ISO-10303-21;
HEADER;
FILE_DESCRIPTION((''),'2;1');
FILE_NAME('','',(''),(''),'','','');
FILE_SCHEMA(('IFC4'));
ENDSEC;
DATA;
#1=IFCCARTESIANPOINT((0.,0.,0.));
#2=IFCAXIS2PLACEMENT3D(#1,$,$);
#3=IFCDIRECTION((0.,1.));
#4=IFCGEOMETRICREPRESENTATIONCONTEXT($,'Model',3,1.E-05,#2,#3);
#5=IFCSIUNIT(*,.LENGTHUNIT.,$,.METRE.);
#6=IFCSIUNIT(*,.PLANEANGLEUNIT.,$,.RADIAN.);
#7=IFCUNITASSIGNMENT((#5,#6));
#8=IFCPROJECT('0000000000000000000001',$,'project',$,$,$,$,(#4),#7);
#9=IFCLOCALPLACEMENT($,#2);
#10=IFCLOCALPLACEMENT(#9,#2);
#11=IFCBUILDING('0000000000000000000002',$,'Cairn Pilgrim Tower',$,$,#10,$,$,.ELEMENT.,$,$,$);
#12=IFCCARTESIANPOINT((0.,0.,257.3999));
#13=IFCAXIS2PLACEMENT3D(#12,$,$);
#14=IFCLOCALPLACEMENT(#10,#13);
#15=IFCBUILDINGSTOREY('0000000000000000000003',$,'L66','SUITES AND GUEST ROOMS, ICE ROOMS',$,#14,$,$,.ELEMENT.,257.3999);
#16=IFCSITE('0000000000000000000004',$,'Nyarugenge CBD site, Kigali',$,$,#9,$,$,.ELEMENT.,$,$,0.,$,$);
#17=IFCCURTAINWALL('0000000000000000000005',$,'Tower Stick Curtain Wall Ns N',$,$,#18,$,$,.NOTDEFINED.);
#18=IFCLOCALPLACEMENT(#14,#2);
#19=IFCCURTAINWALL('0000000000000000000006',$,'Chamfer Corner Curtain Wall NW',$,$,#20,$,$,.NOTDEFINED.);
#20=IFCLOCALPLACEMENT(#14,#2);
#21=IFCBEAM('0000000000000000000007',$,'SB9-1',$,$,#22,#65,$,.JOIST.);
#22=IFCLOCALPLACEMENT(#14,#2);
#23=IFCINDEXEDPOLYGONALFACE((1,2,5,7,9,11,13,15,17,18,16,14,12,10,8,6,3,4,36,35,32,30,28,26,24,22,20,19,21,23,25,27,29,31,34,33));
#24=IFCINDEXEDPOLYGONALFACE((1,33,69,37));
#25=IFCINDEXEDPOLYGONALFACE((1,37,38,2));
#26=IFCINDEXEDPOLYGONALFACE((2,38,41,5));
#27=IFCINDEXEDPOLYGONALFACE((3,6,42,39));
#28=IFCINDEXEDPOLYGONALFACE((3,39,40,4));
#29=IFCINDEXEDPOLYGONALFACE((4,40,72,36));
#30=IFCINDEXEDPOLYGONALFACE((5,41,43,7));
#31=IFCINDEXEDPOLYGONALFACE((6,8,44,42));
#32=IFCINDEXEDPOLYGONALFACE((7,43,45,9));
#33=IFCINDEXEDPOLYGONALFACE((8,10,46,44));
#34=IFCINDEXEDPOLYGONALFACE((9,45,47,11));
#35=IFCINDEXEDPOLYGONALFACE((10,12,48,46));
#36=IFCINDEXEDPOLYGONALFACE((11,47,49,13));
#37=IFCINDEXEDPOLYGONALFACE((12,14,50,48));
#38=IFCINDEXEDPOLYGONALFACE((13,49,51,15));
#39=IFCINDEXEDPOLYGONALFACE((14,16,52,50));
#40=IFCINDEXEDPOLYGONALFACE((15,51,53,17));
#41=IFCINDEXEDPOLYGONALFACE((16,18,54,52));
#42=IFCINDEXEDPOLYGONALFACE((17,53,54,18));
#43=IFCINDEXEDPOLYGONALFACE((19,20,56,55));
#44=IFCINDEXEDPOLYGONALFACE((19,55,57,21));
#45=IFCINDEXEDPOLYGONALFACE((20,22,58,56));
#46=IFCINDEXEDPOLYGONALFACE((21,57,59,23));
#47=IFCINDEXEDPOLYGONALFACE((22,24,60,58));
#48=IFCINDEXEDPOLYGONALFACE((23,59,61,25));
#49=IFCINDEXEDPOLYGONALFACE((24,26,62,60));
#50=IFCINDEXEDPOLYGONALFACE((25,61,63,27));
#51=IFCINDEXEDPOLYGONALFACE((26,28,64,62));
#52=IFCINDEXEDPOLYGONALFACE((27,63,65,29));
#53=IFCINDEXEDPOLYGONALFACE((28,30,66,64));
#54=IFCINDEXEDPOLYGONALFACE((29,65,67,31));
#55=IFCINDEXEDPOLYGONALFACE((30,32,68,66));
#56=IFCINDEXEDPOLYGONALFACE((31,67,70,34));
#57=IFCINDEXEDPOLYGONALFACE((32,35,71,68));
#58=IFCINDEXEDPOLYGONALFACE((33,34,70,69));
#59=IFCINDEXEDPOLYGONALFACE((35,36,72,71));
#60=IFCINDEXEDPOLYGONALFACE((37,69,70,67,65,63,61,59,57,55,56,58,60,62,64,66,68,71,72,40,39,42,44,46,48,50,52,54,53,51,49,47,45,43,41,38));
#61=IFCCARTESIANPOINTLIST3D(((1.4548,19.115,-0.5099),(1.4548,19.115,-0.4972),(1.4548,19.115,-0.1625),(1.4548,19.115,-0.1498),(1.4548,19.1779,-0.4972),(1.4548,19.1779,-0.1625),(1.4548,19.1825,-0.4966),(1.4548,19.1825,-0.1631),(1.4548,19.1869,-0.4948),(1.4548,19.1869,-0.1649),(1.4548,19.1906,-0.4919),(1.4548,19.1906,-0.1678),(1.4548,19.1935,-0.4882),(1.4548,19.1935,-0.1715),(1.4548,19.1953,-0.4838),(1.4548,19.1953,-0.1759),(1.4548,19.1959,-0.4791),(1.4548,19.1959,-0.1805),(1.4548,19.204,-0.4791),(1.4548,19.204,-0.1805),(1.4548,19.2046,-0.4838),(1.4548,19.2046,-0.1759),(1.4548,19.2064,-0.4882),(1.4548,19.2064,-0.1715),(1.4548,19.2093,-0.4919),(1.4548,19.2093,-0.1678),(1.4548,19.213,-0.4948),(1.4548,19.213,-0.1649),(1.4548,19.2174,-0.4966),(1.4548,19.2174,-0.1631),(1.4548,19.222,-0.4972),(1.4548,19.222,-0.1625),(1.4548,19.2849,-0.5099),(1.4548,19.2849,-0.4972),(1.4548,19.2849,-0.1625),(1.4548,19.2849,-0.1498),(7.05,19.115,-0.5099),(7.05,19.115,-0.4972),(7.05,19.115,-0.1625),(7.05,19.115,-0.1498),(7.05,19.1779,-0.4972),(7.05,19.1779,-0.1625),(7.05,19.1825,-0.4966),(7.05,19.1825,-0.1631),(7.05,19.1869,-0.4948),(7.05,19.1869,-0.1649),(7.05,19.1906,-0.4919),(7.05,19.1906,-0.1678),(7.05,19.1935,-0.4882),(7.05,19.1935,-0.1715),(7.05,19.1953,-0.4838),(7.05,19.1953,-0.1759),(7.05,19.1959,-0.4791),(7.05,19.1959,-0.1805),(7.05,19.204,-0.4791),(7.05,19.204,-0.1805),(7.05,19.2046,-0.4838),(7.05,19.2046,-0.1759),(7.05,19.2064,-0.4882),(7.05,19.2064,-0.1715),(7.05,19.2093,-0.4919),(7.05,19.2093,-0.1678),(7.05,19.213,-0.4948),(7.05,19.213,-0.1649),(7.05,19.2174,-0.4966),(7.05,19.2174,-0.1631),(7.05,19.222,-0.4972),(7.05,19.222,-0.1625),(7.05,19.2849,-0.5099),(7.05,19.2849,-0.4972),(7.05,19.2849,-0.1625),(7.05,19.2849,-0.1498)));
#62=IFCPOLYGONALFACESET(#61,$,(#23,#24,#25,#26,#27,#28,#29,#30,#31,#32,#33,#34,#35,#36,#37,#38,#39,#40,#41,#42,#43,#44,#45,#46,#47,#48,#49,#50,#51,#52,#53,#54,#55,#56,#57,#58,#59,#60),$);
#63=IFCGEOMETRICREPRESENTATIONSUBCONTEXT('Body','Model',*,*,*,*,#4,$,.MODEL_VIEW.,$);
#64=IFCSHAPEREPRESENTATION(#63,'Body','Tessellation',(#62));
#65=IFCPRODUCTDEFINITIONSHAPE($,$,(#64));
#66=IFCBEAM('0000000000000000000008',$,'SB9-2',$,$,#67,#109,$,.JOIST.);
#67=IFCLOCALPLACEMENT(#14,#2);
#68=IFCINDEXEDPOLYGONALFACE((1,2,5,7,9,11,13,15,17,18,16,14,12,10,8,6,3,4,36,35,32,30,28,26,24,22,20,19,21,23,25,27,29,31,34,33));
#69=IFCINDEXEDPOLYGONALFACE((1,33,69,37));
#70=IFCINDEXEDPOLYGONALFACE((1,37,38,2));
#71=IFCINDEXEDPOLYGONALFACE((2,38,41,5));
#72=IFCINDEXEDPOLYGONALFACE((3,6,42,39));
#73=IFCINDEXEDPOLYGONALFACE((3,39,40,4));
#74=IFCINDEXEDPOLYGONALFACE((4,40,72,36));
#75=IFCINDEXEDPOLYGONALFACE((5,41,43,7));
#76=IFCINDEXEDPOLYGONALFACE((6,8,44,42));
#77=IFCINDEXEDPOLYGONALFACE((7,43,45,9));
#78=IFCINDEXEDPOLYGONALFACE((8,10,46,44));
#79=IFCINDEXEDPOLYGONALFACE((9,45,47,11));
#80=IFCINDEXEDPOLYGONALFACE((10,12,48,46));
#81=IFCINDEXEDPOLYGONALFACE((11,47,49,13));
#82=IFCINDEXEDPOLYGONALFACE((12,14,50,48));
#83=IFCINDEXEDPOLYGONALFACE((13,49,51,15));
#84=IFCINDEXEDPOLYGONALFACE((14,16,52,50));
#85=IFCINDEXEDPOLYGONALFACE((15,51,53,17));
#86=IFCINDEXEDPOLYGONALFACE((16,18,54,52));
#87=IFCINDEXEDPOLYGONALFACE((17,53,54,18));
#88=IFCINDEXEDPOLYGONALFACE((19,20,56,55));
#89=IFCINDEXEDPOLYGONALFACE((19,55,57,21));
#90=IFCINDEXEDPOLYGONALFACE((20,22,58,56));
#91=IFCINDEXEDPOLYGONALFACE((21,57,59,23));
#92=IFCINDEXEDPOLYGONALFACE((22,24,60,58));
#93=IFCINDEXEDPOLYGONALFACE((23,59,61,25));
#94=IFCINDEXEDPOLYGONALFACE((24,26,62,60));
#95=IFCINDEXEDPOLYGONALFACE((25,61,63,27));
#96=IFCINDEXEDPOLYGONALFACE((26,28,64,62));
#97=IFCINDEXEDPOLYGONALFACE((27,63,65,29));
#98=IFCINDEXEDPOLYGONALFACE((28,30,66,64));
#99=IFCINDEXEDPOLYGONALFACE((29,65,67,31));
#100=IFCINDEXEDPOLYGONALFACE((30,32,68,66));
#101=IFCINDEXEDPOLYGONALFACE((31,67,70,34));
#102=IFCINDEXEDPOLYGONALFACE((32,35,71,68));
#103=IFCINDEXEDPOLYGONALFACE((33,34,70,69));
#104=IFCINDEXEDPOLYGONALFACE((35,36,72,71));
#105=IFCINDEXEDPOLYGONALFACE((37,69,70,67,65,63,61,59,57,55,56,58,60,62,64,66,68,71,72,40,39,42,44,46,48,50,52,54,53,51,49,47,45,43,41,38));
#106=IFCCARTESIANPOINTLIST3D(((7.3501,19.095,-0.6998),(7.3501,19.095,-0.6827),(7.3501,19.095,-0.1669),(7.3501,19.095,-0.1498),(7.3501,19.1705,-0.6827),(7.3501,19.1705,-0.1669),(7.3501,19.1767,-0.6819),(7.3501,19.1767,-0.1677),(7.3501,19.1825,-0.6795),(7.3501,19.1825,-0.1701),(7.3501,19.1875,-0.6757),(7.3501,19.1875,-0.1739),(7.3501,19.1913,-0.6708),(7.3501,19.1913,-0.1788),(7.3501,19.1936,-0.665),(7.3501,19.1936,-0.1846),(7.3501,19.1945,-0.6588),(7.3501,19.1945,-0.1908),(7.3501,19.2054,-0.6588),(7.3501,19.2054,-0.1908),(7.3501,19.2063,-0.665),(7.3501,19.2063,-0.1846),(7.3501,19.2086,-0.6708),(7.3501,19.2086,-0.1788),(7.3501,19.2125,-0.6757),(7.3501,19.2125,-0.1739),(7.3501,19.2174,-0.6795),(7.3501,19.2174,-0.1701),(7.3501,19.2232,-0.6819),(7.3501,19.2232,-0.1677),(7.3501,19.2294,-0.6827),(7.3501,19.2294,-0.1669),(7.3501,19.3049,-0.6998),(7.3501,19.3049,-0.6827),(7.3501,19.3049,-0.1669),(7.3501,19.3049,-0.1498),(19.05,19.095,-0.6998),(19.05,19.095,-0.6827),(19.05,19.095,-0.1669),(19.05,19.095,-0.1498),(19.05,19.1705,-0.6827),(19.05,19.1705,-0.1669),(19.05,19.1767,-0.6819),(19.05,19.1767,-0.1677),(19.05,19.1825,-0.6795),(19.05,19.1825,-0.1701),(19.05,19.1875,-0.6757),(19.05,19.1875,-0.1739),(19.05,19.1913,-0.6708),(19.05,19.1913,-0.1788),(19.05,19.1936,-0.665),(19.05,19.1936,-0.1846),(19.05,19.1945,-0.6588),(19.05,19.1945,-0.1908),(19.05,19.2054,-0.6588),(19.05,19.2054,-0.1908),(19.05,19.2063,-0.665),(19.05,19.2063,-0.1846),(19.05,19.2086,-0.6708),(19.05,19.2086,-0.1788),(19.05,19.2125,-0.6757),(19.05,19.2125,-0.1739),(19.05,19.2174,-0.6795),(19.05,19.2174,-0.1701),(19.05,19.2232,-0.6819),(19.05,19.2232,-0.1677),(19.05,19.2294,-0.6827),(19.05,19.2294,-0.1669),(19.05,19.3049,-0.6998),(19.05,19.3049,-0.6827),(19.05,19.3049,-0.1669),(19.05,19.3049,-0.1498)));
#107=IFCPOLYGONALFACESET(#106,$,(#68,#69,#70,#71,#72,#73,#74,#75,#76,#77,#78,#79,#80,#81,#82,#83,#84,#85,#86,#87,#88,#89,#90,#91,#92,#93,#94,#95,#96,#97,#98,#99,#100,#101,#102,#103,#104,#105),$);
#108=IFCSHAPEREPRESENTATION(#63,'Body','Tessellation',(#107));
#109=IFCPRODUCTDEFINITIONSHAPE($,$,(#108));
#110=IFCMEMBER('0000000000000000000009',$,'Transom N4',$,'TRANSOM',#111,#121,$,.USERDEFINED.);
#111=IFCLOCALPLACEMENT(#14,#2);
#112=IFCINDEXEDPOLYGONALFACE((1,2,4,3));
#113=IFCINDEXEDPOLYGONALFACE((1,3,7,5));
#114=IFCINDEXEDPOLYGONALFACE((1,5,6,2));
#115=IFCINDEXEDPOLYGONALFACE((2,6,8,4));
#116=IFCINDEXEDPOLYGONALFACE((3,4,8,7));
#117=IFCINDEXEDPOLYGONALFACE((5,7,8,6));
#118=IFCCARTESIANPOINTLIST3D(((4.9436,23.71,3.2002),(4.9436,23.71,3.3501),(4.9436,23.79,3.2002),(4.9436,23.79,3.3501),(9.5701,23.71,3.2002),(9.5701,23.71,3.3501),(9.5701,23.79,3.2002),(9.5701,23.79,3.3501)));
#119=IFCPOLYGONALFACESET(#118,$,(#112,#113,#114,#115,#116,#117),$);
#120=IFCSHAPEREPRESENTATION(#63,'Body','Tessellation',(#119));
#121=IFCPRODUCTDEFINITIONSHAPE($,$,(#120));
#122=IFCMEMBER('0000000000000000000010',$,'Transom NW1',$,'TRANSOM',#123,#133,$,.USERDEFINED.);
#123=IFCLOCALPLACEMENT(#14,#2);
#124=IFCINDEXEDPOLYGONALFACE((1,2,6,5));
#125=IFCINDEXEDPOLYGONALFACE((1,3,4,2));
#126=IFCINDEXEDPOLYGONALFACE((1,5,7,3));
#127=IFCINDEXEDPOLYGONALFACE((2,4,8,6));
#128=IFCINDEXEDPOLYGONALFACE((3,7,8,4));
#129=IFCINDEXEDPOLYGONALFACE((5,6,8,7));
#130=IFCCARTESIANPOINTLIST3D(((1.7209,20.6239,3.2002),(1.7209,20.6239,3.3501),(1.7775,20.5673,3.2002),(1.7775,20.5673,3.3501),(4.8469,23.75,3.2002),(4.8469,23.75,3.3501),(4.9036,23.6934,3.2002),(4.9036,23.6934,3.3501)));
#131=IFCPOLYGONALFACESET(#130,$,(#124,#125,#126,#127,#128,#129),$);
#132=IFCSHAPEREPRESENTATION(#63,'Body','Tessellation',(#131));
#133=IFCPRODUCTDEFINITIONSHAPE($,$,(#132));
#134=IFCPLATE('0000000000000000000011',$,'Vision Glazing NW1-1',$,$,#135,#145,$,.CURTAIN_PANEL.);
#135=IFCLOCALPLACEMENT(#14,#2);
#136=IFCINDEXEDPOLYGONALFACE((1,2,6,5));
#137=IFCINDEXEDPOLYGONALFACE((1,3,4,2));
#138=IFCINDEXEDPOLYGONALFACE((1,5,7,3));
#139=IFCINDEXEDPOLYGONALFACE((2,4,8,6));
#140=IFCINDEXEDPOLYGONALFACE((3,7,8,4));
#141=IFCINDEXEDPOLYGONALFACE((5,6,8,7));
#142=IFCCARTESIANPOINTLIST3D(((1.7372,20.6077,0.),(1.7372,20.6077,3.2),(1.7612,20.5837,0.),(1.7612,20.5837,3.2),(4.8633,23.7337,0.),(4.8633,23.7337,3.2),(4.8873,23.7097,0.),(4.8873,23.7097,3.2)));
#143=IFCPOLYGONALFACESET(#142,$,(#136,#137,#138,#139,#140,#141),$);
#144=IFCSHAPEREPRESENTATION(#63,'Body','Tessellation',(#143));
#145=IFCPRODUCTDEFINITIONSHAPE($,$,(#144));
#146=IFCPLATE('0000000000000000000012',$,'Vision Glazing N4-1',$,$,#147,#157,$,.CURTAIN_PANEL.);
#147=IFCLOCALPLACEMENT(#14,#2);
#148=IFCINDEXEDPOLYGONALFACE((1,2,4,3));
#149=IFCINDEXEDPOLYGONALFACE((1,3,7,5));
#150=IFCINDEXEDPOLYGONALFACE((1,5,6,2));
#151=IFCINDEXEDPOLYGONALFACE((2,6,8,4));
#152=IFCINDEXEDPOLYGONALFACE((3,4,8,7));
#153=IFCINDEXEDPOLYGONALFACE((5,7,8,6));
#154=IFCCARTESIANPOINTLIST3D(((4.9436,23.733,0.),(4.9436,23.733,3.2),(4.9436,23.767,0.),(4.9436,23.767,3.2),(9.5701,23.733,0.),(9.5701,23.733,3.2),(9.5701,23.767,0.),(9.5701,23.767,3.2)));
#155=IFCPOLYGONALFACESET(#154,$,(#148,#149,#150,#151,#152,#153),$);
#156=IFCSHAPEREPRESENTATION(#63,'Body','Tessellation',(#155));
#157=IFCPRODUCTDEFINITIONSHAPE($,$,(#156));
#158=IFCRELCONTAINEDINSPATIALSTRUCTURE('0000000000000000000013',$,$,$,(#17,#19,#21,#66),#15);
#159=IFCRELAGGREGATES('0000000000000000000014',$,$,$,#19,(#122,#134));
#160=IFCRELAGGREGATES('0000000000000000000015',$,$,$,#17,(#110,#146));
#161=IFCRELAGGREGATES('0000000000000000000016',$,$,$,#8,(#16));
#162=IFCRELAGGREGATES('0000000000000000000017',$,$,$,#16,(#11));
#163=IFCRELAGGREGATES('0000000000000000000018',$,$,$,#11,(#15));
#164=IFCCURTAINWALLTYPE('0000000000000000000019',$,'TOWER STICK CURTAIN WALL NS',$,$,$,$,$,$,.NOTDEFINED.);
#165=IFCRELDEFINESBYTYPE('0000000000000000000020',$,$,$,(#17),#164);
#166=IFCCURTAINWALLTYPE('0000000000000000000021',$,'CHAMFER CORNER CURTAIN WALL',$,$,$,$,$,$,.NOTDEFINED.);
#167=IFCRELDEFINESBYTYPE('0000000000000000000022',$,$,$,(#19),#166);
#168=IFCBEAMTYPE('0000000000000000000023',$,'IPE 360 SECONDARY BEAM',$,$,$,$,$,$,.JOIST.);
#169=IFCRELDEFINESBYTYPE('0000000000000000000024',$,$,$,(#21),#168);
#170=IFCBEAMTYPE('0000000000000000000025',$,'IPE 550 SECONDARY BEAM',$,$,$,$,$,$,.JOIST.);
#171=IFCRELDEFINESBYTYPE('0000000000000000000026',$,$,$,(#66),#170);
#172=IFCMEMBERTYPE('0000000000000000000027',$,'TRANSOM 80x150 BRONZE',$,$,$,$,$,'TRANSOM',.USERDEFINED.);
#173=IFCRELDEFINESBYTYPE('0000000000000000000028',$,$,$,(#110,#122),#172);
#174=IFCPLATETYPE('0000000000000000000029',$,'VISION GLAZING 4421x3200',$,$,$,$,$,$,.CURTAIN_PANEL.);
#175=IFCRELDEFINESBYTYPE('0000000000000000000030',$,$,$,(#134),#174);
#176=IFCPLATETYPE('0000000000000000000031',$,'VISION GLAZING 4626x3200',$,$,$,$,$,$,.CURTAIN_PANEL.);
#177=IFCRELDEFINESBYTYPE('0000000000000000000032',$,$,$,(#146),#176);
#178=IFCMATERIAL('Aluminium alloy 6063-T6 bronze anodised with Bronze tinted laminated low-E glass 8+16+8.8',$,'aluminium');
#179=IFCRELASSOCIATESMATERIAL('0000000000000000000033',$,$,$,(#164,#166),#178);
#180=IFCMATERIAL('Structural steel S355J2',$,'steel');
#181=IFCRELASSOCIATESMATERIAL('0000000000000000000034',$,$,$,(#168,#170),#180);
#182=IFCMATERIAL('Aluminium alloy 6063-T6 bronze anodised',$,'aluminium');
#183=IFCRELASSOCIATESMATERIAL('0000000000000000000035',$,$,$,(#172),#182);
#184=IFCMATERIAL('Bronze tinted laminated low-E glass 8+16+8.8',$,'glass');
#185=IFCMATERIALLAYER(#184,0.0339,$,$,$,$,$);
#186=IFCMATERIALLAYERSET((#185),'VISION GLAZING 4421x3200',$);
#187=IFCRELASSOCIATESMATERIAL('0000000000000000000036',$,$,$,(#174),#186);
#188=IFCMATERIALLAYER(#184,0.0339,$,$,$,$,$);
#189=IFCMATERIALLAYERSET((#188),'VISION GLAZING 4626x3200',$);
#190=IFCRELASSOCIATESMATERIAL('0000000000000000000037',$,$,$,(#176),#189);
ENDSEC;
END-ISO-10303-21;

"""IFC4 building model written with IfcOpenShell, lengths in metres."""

from ifc_helpers import new_model, si_unit, direction, frame, origin, origin_2d, place, context, subcontext, project, spatial, rectangle, i_section, extrude, material, layer, layer_set, material_profile, profile_set, type_object, element, aggregate, save


model = new_model("IFC4")

# Units and contexts
model_context = context("Model", 3, precision=1e-05, world=origin(), true_north=direction((0.0, 1.0)))
body_context = subcontext(model_context, "Body", "Model", "MODEL_VIEW")
ifc_project = project(units=[si_unit("LENGTHUNIT", "METRE"), si_unit("PLANEANGLEUNIT", "RADIAN")], contexts=[model_context])

# Site, building, storey
site_placement = place(None, origin())
site = spatial("IfcSite", under=ifc_project, at=site_placement, Name="Nyarugenge CBD site, Kigali", CompositionType="ELEMENT", RefElevation=0.0)
building_placement = place(site_placement, origin())
building = spatial("IfcBuilding", under=site, at=building_placement, Name="Cairn Pilgrim Tower", CompositionType="ELEMENT")
storey_placement = place(building_placement, frame((0.0, 0.0, 257.3999)))
storey = spatial("IfcBuildingStorey", under=building, at=storey_placement, Name="L66", Description="SUITES AND GUEST ROOMS, ICE ROOMS", CompositionType="ELEMENT", Elevation=257.3999)

# Shared definitions
ifc_material_1 = material(Name="Structural steel S355J2", Category="steel")

# Curtain wall
ifc_material_2 = material(Name="Aluminium alloy 6063-T6 bronze anodised with Bronze tinted laminated low-E glass 8+16+8.8", Category="aluminium")
curtain_wall_type_1 = type_object("IfcCurtainWallType", Name="TOWER STICK CURTAIN WALL NS", PredefinedType="NOTDEFINED", material=ifc_material_2)
curtain_wall_1_placement = place(storey_placement, origin())
curtain_wall_1 = element("IfcCurtainWall", 1, at=curtain_wall_1_placement, inside=storey, type_object=curtain_wall_type_1, Name="Tower Stick Curtain Wall Ns N", PredefinedType="NOTDEFINED")
ifc_material_3 = material(Name="Aluminium alloy 6063-T6 bronze anodised", Category="aluminium")

# Curtain wall
curtain_wall_type_2 = type_object("IfcCurtainWallType", Name="CHAMFER CORNER CURTAIN WALL", PredefinedType="NOTDEFINED", material=ifc_material_2)
curtain_wall_2_placement = place(storey_placement, origin())
curtain_wall_2 = element("IfcCurtainWall", 2, at=curtain_wall_2_placement, inside=storey, type_object=curtain_wall_type_2, Name="Chamfer Corner Curtain Wall NW", PredefinedType="NOTDEFINED")

# Beams
ifc_material_profile_1 = material_profile(ifc_material_1, i_section(OverallWidth=0.1699, OverallDepth=0.3601, WebThickness=0.0081, FlangeThickness=0.0127, FilletRadius=0.0181, at=origin_2d()), Name="IPE 360")
ifc_profile_set_1 = profile_set([ifc_material_profile_1], Name="Structural steel S355J2")
beam_type_1 = type_object("IfcBeamType", Name="IPE 360 SECONDARY BEAM", PredefinedType="JOIST", material=ifc_profile_set_1)
beam_1_placement = place(storey_placement, frame((1.4548, 19.2, -0.3298), z_axis=(1.0, 0.0, 0.0), x_axis=(0.0, 1.0, 0.0)))
element("IfcBeam", 3, at=beam_1_placement, inside=storey, type_object=beam_type_1, Name="SB9-1", PredefinedType="JOIST", context=body_context, shape_type="SweptSolid", body=[
    extrude(i_section(OverallWidth=0.1699, OverallDepth=0.3601, WebThickness=0.0081, FlangeThickness=0.0127, FilletRadius=0.0181, at=origin_2d()), origin(), (0.0, 0.0, 1.0), 5.5952),
])
ifc_material_profile_2 = material_profile(ifc_material_1, i_section(OverallWidth=0.21, OverallDepth=0.55, WebThickness=0.011, FlangeThickness=0.0171, FilletRadius=0.0239, at=origin_2d()), Name="IPE 550")
ifc_profile_set_2 = profile_set([ifc_material_profile_2], Name="Structural steel S355J2")
beam_type_2 = type_object("IfcBeamType", Name="IPE 550 SECONDARY BEAM", PredefinedType="JOIST", material=ifc_profile_set_2)
beam_2_placement = place(storey_placement, frame((7.3501, 19.2, -0.4248), z_axis=(1.0, 0.0, 0.0), x_axis=(0.0, 1.0, 0.0)))
element("IfcBeam", 4, at=beam_2_placement, inside=storey, type_object=beam_type_2, Name="SB9-2", PredefinedType="JOIST", context=body_context, shape_type="SweptSolid", body=[
    extrude(i_section(OverallWidth=0.21, OverallDepth=0.55, WebThickness=0.011, FlangeThickness=0.0171, FilletRadius=0.0239, at=origin_2d()), origin(), (0.0, 0.0, 1.0), 11.7),
])

# Members
ifc_material_profile_3 = material_profile(ifc_material_3, rectangle(XDim=0.0801, YDim=0.1499, at=origin_2d()), Name="TRANSOM 80x150 BRONZE")
ifc_profile_set_3 = profile_set([ifc_material_profile_3], Name="Aluminium alloy 6063-T6 bronze anodised")
member_type_1 = type_object("IfcMemberType", Name="TRANSOM 80x150 BRONZE", ElementType="TRANSOM", PredefinedType="USERDEFINED", material=ifc_profile_set_3)
member_1_placement = place(storey_placement, frame((9.5701, 23.75, 3.2751), z_axis=(-1.0, 0.0, 0.0), x_axis=(0.0, -1.0, 0.0)))
member_1 = element("IfcMember", 5, at=member_1_placement, type_object=member_type_1, Name="Transom N4", ObjectType="TRANSOM", PredefinedType="USERDEFINED", context=body_context, shape_type="SweptSolid", body=[
    extrude(rectangle(XDim=0.0801, YDim=0.1499, at=origin_2d()), origin(), (0.0, 0.0, 1.0), 4.6265),
])
member_2_placement = place(storey_placement, frame((4.8752, 23.7217, 3.2751), z_axis=(-0.707107, -0.707107, 0.0), x_axis=(0.707107, -0.707107, 0.0)))
member_2 = element("IfcMember", 6, at=member_2_placement, type_object=member_type_1, Name="Transom NW1", ObjectType="TRANSOM", PredefinedType="USERDEFINED", context=body_context, shape_type="SweptSolid", body=[
    extrude(rectangle(XDim=0.0801, YDim=0.1499, at=origin_2d()), origin(), (0.0, 0.0, 1.0), 4.4209),
])

# Plates
ifc_material_4 = material(Name="Bronze tinted laminated low-E glass 8+16+8.8", Category="glass")
ifc_layer_1 = layer(ifc_material_4, 0.0339)
ifc_layer_set_1 = layer_set([ifc_layer_1], Name="VISION GLAZING 4421x3200")
plate_type_1 = type_object("IfcPlateType", Name="VISION GLAZING 4421x3200", PredefinedType="CURTAIN_PANEL", material=ifc_layer_set_1)
plate_1_placement = place(storey_placement, frame((3.3123, 22.1587, 0.0), z_axis=(0.0, 0.0, 1.0), x_axis=(-0.707107, -0.707107, 0.0)))
plate_1 = element("IfcPlate", 7, at=plate_1_placement, type_object=plate_type_1, Name="Vision Glazing NW1-1", PredefinedType="CURTAIN_PANEL", context=body_context, shape_type="SweptSolid", body=[
    extrude(rectangle(XDim=4.4209, YDim=0.0339, at=origin_2d()), origin(), (0.0, 0.0, 1.0), 3.2),
])
aggregate(curtain_wall_2, [member_2, plate_1])
ifc_layer_2 = layer(ifc_material_4, 0.0339)
ifc_layer_set_2 = layer_set([ifc_layer_2], Name="VISION GLAZING 4626x3200")
plate_type_2 = type_object("IfcPlateType", Name="VISION GLAZING 4626x3200", PredefinedType="CURTAIN_PANEL", material=ifc_layer_set_2)
plate_2_placement = place(storey_placement, frame((7.2568, 23.75, 0.0), z_axis=(0.0, 0.0, 1.0), x_axis=(-1.0, 0.0, 0.0)))
plate_2 = element("IfcPlate", 8, at=plate_2_placement, type_object=plate_type_2, Name="Vision Glazing N4-1", PredefinedType="CURTAIN_PANEL", context=body_context, shape_type="SweptSolid", body=[
    extrude(rectangle(XDim=4.6265, YDim=0.0339, at=origin_2d()), origin(), (0.0, 0.0, 1.0), 3.2),
])
aggregate(curtain_wall_1, [member_1, plate_2])

save(model, "model.ifc")
